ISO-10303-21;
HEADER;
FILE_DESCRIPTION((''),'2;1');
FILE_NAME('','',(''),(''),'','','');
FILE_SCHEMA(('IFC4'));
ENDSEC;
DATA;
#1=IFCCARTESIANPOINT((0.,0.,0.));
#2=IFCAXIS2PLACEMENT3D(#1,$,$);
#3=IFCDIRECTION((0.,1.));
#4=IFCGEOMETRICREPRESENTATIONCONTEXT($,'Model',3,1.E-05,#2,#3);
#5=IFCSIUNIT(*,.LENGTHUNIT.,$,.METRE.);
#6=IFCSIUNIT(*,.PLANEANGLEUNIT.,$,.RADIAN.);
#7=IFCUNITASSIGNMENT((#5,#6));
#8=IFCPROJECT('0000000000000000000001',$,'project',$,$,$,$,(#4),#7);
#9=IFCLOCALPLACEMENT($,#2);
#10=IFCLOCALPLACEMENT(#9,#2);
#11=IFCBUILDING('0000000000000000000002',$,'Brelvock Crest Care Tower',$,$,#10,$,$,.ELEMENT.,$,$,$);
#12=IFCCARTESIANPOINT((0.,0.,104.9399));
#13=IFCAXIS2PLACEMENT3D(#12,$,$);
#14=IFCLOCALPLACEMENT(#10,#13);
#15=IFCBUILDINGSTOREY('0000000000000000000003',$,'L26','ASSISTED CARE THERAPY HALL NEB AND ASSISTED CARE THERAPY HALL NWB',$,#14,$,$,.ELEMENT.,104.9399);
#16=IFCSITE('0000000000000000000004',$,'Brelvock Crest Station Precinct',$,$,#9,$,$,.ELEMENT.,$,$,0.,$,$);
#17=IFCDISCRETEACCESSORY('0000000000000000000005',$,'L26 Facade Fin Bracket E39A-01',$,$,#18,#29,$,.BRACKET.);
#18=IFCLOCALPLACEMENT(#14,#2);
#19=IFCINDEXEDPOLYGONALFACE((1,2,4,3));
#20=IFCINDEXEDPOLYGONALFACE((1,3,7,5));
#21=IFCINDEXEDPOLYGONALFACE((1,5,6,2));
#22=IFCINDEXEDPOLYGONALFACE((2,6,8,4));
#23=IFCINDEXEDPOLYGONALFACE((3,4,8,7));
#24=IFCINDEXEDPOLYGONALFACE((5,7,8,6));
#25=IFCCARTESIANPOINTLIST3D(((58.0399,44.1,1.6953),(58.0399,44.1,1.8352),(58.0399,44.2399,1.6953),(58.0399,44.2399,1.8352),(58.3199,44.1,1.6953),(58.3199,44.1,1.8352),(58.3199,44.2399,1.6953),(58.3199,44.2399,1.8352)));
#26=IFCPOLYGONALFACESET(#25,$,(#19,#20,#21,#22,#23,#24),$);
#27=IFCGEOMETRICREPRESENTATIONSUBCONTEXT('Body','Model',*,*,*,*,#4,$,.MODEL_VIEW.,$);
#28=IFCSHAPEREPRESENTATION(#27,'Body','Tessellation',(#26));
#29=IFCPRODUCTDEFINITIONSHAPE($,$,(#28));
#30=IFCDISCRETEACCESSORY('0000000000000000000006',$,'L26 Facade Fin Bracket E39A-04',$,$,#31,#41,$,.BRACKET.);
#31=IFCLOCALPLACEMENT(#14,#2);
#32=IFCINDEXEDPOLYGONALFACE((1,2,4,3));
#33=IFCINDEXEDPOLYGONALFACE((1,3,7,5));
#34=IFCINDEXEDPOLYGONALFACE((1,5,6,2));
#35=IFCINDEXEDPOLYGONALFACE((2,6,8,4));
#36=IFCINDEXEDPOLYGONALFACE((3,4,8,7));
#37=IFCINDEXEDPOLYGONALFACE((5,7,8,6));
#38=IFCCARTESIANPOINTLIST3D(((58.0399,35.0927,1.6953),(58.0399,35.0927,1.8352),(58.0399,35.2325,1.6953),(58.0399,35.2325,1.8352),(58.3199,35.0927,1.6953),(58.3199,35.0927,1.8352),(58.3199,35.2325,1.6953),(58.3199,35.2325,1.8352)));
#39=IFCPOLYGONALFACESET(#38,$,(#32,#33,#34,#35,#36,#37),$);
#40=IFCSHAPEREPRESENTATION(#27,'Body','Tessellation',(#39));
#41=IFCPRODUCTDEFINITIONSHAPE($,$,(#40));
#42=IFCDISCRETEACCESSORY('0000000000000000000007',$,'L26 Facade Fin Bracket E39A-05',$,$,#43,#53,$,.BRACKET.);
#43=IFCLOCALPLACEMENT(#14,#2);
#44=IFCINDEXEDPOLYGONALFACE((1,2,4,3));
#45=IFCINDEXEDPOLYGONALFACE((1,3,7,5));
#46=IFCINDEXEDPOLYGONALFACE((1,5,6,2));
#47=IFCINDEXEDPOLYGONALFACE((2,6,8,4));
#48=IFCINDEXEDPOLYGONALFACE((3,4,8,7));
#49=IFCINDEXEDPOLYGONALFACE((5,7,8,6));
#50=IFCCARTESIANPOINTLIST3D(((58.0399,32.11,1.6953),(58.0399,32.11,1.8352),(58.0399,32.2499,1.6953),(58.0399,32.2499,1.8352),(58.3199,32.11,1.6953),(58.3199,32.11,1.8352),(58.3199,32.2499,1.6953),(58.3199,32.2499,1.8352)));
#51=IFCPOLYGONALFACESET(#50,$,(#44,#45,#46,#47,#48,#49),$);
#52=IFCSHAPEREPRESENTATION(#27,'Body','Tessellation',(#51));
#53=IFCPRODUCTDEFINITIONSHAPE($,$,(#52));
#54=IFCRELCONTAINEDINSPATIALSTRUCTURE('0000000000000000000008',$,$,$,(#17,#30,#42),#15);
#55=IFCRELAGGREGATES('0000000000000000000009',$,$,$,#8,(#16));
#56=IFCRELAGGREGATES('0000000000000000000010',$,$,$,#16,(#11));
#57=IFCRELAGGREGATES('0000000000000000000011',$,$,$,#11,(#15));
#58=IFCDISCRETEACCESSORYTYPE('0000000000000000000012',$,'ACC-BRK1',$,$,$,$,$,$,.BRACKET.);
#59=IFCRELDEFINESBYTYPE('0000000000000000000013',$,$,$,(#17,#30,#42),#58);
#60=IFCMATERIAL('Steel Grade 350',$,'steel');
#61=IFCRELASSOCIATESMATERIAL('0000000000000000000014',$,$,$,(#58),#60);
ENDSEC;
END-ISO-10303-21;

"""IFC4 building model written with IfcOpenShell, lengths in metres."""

from ifc_helpers import new_model, si_unit, direction, frame, origin, origin_2d, place, context, subcontext, project, spatial, rectangle, extrude, source, transform, mapped, material, type_object, element, save


model = new_model("IFC4")

# Units and contexts
model_context = context("Model", 3, precision=1e-05, world=origin(), true_north=direction((0.0, 1.0)))
body_context = subcontext(model_context, "Body", "Model", "MODEL_VIEW")
ifc_project = project(units=[si_unit("LENGTHUNIT", "METRE"), si_unit("PLANEANGLEUNIT", "RADIAN")], contexts=[model_context])

# Site, building, storey
site_placement = place(None, origin())
site = spatial("IfcSite", under=ifc_project, at=site_placement, Name="Brelvock Crest Station Precinct", CompositionType="ELEMENT", RefElevation=0.0)
building_placement = place(site_placement, origin())
building = spatial("IfcBuilding", under=site, at=building_placement, Name="Brelvock Crest Care Tower", CompositionType="ELEMENT")
storey_placement = place(building_placement, frame((0.0, 0.0, 104.9399)))
storey = spatial("IfcBuildingStorey", under=building, at=storey_placement, Name="L26", Description="ASSISTED CARE THERAPY HALL NEB AND ASSISTED CARE THERAPY HALL NWB", CompositionType="ELEMENT", Elevation=104.9399)

# Discrete accessories
ifc_material_1 = material(Name="Steel Grade 350", Category="steel")
discrete_accessory_type = type_object("IfcDiscreteAccessoryType", Name="ACC-BRK1", PredefinedType="BRACKET", material=ifc_material_1)
shared_shape_1 = source(origin(), body_context, "Body", "SweptSolid", [
    extrude(rectangle(XDim=0.28, YDim=0.1399, at=origin_2d()), origin(), (0.0, 0.0, 1.0), 0.1399),
])
for number, where, z_axis, x_axis, name in (
    (1, (58.1799, 44.1699, 1.6953), (0.0, 0.0, 1.0), (1.0, 0.0, 0.0), "L26 Facade Fin Bracket E39A-01"),
    (2, (58.1799, 35.1626, 1.6953), (0.0, 0.0, 1.0), (1.0, 0.0, 0.0), "L26 Facade Fin Bracket E39A-04"),
    (3, (58.1799, 32.1799, 1.6953), (0.0, 0.0, 1.0), (1.0, 0.0, 0.0), "L26 Facade Fin Bracket E39A-05"),
):
    element("IfcDiscreteAccessory", number, at=place(storey_placement, frame(where, z_axis=z_axis, x_axis=x_axis)), inside=storey, type_object=discrete_accessory_type, Name=name, PredefinedType="BRACKET", context=body_context, shape_type="MappedRepresentation", body=[
        mapped(shared_shape_1, transform((0.0, 0.0, 0.0), x_axis=(1.0, 0.0, 0.0), y_axis=(0.0, 1.0, 0.0), z_axis=(0.0, 0.0, 1.0), scale=1.0)),
    ])

save(model, "model.ifc")
